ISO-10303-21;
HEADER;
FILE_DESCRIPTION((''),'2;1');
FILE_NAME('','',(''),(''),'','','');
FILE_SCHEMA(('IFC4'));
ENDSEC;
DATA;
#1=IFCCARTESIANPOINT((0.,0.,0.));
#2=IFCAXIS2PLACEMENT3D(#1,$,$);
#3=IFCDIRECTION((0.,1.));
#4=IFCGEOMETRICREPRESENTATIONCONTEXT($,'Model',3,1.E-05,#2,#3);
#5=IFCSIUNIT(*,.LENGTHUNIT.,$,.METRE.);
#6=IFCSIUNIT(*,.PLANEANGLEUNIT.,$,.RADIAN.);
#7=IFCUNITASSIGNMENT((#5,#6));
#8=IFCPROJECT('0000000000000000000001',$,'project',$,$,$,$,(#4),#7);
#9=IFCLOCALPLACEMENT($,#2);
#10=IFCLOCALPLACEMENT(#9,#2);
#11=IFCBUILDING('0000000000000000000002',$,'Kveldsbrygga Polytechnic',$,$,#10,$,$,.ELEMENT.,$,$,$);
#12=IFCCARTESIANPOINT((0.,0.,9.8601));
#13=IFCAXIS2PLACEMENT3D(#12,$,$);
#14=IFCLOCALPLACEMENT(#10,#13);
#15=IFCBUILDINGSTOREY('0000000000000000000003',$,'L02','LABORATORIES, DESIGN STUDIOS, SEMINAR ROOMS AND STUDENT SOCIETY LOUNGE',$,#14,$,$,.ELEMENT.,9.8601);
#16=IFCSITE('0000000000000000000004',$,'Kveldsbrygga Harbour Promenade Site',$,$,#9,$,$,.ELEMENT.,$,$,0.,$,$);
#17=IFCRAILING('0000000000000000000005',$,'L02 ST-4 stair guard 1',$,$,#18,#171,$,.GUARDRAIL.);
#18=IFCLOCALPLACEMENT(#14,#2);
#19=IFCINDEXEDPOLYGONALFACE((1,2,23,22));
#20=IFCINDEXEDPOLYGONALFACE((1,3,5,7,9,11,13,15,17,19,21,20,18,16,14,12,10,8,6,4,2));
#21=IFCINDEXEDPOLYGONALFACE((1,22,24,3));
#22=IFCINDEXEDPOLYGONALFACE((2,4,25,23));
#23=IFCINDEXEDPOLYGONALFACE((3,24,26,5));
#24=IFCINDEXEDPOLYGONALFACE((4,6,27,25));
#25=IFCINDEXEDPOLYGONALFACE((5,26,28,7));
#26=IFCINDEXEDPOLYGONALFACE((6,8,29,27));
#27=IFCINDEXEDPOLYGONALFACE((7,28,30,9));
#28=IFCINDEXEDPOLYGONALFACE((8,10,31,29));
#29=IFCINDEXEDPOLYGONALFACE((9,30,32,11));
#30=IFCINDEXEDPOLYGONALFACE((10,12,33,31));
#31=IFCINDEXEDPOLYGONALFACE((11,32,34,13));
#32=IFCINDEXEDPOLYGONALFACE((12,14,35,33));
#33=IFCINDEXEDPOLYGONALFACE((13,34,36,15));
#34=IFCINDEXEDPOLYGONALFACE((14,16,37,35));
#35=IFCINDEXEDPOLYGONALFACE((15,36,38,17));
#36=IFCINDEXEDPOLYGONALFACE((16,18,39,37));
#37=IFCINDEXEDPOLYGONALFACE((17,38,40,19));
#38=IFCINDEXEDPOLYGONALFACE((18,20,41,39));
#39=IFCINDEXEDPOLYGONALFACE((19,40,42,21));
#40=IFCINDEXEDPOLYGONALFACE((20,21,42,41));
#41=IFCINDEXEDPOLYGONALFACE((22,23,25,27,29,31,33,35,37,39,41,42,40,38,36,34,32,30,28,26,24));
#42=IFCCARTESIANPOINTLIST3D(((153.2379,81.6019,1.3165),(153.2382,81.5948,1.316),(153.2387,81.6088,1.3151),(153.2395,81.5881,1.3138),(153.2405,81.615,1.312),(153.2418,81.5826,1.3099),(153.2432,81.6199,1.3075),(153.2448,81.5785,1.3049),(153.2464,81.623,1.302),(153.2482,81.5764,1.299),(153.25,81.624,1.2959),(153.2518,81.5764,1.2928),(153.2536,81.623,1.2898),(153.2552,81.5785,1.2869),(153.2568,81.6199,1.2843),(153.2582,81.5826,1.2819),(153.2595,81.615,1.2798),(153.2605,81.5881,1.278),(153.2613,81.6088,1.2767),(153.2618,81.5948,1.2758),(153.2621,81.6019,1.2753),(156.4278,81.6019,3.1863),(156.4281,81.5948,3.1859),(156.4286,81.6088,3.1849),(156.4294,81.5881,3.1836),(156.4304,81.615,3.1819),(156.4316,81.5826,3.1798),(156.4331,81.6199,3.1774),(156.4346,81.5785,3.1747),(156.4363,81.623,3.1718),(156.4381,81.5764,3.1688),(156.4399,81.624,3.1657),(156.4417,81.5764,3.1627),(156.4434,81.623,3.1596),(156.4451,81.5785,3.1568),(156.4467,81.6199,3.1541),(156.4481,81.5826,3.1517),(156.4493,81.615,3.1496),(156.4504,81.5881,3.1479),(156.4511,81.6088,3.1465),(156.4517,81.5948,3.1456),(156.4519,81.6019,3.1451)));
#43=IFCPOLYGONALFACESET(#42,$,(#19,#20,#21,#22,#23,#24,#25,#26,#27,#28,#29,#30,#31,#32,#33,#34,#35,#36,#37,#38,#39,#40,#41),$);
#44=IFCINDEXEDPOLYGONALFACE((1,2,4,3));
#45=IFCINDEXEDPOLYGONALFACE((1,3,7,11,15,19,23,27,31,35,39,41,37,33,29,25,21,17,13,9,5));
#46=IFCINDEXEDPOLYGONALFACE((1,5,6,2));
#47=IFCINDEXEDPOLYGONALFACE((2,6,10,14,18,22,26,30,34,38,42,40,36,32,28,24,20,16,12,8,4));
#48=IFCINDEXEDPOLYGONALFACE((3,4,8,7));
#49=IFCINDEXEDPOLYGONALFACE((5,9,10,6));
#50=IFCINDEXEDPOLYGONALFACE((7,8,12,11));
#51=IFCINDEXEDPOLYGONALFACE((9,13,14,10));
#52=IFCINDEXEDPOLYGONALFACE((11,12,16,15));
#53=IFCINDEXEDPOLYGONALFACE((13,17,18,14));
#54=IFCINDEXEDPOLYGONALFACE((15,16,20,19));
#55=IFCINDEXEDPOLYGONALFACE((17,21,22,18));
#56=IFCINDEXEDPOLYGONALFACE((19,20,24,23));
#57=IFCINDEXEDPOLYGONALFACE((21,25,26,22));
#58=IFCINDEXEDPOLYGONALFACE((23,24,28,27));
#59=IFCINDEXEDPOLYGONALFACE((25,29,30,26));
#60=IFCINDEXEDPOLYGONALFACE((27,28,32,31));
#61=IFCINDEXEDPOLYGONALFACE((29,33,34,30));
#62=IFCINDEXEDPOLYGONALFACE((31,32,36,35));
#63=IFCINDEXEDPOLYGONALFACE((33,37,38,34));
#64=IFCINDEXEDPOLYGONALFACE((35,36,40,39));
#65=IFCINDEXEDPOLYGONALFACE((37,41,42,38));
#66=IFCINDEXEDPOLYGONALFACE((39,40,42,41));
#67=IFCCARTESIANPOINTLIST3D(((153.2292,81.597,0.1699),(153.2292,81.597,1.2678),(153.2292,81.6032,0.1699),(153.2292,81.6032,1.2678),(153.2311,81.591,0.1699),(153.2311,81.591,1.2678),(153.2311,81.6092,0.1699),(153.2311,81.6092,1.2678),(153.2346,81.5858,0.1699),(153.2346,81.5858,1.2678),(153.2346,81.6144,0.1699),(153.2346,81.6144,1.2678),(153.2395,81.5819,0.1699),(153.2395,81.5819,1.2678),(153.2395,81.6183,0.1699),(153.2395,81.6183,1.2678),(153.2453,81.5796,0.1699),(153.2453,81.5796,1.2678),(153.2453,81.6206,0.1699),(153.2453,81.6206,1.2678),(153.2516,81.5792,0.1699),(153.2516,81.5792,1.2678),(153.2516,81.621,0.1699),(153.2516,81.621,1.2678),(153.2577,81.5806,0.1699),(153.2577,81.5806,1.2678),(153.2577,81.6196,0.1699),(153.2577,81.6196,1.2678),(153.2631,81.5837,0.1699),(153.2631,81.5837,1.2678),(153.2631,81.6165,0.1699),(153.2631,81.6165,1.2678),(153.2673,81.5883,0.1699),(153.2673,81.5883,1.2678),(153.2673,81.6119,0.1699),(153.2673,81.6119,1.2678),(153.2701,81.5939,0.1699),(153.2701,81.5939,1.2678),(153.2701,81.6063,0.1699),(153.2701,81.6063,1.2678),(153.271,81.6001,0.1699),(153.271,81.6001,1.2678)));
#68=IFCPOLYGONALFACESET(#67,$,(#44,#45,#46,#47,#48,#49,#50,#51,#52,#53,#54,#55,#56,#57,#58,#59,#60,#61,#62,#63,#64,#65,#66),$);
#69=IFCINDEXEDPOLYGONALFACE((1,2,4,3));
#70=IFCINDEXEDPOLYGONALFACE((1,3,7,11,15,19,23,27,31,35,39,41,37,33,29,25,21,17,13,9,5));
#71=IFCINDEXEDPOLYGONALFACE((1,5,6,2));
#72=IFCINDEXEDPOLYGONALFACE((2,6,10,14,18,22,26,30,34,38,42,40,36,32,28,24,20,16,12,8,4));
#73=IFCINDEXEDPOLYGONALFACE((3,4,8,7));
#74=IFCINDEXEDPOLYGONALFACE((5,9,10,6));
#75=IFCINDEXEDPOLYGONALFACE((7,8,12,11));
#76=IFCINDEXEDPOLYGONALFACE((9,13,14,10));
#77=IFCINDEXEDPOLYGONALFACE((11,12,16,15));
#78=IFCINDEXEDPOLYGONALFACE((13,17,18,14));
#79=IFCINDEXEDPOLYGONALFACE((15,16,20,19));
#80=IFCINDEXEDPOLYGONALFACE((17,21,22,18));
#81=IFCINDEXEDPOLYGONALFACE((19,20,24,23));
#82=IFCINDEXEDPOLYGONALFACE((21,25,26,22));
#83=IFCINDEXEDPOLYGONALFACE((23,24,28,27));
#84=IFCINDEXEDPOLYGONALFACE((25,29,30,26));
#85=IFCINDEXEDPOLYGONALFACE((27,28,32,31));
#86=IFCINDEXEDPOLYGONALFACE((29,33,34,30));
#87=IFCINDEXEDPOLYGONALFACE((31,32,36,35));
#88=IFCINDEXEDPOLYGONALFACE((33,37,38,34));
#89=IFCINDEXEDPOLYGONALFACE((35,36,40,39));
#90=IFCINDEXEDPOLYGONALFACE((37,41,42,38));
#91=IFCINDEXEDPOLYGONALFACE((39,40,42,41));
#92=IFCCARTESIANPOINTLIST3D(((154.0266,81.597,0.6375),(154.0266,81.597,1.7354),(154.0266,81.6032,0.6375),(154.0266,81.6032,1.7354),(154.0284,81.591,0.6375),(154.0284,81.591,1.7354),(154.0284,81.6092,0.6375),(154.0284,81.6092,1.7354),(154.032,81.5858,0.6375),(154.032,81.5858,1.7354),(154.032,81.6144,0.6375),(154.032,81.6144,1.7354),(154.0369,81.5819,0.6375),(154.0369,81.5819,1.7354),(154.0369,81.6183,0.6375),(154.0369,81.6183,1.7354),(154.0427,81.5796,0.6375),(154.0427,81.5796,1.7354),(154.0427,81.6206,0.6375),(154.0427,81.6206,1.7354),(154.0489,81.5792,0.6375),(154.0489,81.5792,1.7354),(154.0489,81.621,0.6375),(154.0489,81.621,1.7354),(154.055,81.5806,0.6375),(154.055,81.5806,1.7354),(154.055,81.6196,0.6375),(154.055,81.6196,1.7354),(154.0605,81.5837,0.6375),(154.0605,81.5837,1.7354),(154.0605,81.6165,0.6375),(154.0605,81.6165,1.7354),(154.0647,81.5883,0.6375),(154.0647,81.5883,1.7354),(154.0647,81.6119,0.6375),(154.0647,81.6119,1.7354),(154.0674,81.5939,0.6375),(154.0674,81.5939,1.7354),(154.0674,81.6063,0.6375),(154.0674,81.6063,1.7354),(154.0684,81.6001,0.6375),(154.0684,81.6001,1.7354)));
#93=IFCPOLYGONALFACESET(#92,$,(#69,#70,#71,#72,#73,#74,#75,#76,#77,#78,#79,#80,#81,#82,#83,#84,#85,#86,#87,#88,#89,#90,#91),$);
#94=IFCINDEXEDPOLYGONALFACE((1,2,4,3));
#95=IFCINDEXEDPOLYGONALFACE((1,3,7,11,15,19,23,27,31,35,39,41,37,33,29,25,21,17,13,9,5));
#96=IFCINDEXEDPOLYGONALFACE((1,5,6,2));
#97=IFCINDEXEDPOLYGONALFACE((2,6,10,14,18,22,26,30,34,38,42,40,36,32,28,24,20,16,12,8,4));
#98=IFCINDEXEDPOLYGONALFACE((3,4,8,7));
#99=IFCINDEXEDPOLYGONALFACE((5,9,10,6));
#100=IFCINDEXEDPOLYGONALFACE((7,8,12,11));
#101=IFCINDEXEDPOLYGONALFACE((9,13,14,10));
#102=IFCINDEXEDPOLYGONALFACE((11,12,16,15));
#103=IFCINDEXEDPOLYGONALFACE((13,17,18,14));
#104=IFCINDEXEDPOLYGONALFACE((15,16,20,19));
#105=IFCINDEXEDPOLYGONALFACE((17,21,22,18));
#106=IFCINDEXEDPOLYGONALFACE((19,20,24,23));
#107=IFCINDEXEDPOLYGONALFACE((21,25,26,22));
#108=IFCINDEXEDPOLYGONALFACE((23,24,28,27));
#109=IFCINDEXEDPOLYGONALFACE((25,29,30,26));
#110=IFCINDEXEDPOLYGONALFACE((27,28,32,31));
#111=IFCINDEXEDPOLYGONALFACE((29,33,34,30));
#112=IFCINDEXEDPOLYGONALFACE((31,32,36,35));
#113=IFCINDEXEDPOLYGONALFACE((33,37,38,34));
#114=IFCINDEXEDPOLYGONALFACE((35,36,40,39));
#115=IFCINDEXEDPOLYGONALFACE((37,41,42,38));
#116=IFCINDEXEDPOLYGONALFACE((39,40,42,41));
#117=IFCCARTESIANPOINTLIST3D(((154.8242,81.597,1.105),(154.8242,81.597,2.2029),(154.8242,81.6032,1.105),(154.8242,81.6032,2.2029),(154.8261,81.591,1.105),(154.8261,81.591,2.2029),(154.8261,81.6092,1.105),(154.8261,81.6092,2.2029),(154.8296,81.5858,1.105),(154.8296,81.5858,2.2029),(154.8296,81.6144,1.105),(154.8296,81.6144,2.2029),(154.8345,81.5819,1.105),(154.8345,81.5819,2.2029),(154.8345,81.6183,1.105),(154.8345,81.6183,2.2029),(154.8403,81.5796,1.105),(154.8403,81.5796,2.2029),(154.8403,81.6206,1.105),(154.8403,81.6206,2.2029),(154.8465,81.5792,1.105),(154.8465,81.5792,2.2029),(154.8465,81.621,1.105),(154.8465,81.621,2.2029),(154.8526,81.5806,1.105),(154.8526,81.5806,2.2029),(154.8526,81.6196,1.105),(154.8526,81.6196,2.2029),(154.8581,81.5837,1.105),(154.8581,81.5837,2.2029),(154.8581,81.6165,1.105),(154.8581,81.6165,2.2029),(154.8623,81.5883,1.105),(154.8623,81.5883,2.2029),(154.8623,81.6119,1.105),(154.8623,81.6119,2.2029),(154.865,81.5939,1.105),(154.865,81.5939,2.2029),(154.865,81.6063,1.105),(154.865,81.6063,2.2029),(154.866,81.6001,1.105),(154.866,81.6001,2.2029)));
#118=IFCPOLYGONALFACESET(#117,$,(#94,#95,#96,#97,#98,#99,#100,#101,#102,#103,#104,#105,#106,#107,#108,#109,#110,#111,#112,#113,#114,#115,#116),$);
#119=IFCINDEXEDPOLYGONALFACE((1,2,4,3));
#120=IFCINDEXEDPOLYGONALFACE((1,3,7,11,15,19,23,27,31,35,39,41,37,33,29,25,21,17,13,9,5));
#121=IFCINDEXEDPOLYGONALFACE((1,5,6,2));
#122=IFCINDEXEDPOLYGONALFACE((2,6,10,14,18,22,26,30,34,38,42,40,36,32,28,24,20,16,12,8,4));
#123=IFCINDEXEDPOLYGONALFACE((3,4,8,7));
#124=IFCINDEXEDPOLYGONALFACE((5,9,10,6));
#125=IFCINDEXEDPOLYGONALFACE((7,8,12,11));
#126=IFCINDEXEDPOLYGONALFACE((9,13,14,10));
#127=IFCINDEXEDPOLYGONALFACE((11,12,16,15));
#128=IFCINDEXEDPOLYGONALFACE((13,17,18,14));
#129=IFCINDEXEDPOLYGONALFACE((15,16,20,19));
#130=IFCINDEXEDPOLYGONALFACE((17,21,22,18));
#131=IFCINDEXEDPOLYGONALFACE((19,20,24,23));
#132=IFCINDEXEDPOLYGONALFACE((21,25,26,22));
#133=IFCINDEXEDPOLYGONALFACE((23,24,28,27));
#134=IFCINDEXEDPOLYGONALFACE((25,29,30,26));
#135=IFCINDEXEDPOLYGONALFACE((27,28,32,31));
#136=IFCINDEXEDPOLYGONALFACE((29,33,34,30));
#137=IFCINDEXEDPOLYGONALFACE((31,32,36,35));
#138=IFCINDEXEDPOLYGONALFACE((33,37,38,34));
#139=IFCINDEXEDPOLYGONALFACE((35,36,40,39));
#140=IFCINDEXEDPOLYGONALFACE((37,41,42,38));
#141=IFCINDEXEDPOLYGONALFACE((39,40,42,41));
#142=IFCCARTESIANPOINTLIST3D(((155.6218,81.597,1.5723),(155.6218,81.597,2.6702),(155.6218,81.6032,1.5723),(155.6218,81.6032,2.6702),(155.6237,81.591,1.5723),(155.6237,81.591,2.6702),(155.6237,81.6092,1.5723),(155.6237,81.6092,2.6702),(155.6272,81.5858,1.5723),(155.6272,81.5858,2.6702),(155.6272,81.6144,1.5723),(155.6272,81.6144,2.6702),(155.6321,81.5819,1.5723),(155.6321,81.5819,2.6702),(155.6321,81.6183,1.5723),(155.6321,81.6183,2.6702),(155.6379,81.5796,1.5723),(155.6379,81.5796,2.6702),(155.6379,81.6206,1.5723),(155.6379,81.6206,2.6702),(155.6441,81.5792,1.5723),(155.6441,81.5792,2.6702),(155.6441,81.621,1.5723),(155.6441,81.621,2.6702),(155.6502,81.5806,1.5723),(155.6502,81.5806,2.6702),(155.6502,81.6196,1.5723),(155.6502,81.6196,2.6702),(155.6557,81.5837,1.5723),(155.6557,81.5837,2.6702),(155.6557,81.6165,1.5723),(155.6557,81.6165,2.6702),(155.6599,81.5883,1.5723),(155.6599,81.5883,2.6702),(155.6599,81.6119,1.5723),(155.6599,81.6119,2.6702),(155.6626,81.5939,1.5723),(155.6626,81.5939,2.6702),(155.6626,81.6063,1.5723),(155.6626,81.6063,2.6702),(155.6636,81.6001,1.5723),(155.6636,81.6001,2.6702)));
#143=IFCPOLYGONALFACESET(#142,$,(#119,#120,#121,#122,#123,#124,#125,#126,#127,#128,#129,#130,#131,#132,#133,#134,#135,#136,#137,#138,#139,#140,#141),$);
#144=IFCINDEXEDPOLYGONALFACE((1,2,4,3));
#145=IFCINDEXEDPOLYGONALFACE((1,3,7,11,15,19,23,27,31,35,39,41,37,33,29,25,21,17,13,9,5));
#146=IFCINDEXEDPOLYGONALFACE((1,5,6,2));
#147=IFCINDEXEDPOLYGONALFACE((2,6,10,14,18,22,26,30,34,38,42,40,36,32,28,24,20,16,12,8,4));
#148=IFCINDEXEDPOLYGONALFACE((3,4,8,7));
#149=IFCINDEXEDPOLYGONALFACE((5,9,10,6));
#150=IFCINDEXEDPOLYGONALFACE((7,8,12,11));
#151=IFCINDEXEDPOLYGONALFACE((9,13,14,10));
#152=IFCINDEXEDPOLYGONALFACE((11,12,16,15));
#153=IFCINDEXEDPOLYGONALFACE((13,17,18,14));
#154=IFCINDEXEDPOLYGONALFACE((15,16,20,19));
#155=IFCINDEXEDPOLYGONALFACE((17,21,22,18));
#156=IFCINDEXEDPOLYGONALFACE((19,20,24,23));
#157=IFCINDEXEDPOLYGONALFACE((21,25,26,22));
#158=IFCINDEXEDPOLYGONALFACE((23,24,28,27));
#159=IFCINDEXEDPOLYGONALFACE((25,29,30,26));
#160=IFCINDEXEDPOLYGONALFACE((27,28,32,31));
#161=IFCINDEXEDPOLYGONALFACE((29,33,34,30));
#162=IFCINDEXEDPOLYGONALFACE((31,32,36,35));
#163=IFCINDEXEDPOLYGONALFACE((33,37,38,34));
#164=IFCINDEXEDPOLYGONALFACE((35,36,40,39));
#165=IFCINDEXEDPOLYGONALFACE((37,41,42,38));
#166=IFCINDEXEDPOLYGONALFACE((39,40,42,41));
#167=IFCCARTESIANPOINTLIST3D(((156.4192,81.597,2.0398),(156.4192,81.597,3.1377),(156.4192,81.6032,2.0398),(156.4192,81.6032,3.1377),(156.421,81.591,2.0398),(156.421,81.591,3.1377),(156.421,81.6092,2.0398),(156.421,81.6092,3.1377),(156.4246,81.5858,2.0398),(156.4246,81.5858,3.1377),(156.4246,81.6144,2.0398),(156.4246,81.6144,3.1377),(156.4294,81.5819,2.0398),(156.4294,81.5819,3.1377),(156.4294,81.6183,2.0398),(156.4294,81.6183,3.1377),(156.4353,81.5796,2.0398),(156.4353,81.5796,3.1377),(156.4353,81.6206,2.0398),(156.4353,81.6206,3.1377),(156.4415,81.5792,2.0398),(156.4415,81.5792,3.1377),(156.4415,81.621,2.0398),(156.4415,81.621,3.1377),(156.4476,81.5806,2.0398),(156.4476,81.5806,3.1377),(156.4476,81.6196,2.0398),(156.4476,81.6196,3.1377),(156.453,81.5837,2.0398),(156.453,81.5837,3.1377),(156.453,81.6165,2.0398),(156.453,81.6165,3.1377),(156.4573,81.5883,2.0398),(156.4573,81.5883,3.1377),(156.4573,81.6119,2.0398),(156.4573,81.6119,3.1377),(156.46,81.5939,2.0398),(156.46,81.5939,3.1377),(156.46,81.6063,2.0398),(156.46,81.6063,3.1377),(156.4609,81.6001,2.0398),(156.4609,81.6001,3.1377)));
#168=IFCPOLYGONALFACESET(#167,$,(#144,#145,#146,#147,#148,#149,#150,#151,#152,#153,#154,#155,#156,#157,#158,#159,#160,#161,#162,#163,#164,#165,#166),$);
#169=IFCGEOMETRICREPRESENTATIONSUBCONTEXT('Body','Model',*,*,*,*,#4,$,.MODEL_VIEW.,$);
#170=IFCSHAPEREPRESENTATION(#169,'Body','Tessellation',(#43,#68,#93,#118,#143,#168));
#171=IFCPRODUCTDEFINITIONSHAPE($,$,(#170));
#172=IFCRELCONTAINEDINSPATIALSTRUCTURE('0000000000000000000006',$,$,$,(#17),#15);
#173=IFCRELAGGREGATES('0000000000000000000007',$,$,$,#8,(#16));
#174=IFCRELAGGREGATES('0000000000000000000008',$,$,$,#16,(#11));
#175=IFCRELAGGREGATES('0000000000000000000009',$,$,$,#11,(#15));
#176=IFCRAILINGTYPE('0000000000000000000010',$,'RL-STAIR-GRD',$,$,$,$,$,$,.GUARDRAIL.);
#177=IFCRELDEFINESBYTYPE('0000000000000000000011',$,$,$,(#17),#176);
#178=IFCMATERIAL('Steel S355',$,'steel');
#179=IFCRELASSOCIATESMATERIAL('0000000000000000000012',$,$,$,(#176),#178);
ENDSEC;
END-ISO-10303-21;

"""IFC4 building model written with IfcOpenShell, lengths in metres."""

from ifc_helpers import new_model, si_unit, direction, frame, origin, origin_2d, place, context, subcontext, project, spatial, circle, extrude, material, type_object, element, save


model = new_model("IFC4")

# Units and contexts
model_context = context("Model", 3, precision=1e-05, world=origin(), true_north=direction((0.0, 1.0)))
body_context = subcontext(model_context, "Body", "Model", "MODEL_VIEW")
ifc_project = project(units=[si_unit("LENGTHUNIT", "METRE"), si_unit("PLANEANGLEUNIT", "RADIAN")], contexts=[model_context])

# Site, building, storey
site_placement = place(None, origin())
site = spatial("IfcSite", under=ifc_project, at=site_placement, Name="Kveldsbrygga Harbour Promenade Site", CompositionType="ELEMENT", RefElevation=0.0)
building_placement = place(site_placement, origin())
building = spatial("IfcBuilding", under=site, at=building_placement, Name="Kveldsbrygga Polytechnic", CompositionType="ELEMENT")
storey_placement = place(building_placement, frame((0.0, 0.0, 9.8601)))
storey = spatial("IfcBuildingStorey", under=building, at=storey_placement, Name="L02", Description="LABORATORIES, DESIGN STUDIOS, SEMINAR ROOMS AND STUDENT SOCIETY LOUNGE", CompositionType="ELEMENT", Elevation=9.8601)

# Shared definitions
ifc_material_1 = material(Name="Steel S355", Category="steel")

# Railing
railing_type_1 = type_object("IfcRailingType", Name="RL-STAIR-GRD", PredefinedType="GUARDRAIL", material=ifc_material_1)
railing_1_placement = place(storey_placement, frame((153.25, 81.6001, 0.1699)))
element("IfcRailing", 1, at=railing_1_placement, inside=storey, type_object=railing_type_1, Name="L02 ST-4 stair guard 1", PredefinedType="GUARDRAIL", context=body_context, shape_type="SweptSolid", body=[
    extrude(circle(Radius=0.0239, at=origin_2d()), frame((0.0, 0.0, 1.126), z_axis=(0.862709, 0.0, 0.505701), x_axis=(0.0, 1.0, 0.0)), (0.0, 0.0, 1.0), 3.6975),
    extrude(circle(Radius=0.021, at=origin_2d()), origin(), (0.0, 0.0, 1.0), 1.0979),
    extrude(circle(Radius=0.021, at=origin_2d()), frame((0.7974, 0.0, 0.4675)), (0.0, 0.0, 1.0), 1.0979),
    extrude(circle(Radius=0.021, at=origin_2d()), frame((1.595, 0.0, 0.9351)), (0.0, 0.0, 1.0), 1.0979),
    extrude(circle(Radius=0.021, at=origin_2d()), frame((2.3926, 0.0, 1.4023)), (0.0, 0.0, 1.0), 1.0979),
    extrude(circle(Radius=0.021, at=origin_2d()), frame((3.1899, 0.0, 1.8699)), (0.0, 0.0, 1.0), 1.0979),
])

save(model, "model.ifc")
